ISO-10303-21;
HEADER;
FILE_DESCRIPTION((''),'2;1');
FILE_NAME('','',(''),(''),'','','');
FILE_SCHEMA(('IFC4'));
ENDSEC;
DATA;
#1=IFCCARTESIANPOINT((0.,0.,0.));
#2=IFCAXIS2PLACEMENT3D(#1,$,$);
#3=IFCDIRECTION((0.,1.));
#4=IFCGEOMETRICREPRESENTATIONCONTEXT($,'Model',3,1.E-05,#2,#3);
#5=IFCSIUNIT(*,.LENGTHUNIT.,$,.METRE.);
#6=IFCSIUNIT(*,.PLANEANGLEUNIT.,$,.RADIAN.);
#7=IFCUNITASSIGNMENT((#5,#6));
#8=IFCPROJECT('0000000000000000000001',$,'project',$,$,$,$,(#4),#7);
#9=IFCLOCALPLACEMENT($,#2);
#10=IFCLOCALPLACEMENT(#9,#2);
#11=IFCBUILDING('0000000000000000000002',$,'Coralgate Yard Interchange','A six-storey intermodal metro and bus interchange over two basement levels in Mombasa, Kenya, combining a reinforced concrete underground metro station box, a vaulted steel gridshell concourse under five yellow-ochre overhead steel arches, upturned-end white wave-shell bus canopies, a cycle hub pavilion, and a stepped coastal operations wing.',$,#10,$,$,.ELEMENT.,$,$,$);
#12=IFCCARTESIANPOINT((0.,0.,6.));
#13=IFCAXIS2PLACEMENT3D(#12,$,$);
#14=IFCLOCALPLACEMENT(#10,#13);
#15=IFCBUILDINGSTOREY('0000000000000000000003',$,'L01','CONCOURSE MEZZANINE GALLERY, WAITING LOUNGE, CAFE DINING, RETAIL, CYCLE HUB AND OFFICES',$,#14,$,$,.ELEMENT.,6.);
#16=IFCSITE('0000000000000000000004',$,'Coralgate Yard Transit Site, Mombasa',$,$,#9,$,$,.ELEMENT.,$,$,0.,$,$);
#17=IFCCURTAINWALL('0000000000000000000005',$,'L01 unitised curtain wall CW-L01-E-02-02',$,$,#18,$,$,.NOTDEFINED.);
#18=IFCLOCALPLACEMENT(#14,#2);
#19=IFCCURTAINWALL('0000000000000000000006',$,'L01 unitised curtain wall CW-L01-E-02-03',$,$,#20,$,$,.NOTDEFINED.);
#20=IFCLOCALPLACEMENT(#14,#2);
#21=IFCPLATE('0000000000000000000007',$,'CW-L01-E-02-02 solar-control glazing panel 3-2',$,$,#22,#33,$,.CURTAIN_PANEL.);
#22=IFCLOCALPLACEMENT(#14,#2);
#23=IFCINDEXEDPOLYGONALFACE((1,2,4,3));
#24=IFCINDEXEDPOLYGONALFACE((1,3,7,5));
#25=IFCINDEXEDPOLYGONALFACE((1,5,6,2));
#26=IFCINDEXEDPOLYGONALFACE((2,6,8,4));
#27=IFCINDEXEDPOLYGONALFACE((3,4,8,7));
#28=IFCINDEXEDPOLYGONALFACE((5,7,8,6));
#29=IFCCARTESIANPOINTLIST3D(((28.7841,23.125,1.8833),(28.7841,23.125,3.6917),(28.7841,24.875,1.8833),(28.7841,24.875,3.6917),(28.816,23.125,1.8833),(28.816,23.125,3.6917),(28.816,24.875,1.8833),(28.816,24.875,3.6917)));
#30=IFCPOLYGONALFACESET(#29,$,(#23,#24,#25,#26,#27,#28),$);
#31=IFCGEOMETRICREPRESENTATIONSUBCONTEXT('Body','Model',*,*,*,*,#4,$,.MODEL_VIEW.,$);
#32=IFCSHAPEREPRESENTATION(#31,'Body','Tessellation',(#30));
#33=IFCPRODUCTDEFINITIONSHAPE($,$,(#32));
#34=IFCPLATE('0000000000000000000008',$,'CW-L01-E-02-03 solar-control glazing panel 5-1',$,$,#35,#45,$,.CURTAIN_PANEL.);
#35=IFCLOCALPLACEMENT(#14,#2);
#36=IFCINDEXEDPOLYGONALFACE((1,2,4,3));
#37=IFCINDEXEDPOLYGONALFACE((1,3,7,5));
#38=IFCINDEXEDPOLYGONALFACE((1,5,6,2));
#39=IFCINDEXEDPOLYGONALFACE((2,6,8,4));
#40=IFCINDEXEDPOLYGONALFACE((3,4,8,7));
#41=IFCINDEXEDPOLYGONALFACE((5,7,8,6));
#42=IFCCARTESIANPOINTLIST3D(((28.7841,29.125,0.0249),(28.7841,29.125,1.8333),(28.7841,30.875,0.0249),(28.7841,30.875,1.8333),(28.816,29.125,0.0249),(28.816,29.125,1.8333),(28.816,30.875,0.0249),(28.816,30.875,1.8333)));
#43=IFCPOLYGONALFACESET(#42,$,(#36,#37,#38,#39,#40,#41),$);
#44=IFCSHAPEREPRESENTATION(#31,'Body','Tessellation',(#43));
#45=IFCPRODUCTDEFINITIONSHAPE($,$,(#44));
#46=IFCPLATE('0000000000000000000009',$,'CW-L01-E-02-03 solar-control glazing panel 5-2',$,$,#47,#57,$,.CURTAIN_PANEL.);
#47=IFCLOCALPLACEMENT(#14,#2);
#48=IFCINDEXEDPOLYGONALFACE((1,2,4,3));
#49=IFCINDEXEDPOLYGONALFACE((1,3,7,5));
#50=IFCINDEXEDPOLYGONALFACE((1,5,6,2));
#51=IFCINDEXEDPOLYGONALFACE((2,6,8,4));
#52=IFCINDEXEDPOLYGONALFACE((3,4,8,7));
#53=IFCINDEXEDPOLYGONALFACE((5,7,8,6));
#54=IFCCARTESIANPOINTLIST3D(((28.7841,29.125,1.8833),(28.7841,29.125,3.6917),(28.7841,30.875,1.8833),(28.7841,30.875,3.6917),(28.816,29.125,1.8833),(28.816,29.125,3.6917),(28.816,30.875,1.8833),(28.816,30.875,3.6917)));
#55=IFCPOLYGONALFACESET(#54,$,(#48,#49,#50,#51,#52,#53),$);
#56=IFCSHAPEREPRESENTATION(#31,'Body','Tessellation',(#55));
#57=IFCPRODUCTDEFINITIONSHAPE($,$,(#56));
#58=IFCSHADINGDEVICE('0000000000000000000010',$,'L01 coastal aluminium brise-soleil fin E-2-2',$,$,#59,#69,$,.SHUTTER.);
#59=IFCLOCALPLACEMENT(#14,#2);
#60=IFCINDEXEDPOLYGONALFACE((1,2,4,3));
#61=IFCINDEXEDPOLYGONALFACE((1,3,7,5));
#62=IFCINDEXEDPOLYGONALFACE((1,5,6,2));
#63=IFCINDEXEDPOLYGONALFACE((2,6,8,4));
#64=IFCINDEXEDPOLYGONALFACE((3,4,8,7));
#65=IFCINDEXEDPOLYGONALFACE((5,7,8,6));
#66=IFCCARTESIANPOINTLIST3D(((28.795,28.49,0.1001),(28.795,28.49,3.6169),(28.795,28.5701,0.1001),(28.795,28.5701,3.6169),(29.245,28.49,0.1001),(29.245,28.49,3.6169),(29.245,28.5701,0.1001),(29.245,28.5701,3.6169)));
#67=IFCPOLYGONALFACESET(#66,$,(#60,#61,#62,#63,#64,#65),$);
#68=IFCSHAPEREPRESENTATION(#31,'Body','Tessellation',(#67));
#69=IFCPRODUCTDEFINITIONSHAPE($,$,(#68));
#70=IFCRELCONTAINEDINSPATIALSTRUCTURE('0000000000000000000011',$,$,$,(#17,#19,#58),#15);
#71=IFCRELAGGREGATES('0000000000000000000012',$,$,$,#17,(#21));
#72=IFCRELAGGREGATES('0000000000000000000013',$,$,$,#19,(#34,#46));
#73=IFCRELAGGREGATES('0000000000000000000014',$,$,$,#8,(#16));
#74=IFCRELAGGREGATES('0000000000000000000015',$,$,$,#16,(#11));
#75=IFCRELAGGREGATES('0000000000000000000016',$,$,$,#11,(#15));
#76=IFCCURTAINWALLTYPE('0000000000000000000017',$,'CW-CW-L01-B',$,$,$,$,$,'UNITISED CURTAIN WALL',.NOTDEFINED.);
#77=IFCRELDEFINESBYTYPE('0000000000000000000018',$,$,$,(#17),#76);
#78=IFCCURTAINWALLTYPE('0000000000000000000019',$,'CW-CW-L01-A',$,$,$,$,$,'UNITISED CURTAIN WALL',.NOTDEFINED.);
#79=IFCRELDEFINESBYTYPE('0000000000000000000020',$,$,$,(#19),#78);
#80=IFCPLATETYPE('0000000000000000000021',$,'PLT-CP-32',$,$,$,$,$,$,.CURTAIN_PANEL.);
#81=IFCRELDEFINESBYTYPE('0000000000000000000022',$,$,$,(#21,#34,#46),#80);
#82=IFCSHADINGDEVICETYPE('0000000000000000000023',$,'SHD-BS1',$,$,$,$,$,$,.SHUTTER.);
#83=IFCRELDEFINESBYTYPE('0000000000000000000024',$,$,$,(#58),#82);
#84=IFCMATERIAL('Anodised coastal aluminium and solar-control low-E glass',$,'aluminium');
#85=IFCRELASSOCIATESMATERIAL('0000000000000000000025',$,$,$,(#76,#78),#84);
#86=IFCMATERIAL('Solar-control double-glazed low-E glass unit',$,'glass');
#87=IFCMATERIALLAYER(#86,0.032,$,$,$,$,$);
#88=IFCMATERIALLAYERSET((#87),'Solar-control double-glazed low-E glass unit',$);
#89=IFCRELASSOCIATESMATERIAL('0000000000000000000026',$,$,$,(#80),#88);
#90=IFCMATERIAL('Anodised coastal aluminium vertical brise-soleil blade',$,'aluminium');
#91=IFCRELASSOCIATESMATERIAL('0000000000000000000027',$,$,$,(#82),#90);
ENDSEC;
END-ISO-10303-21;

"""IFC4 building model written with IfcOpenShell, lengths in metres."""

from ifc_helpers import new_model, si_unit, direction, frame, origin, origin_2d, place, context, subcontext, project, spatial, rectangle, extrude, material, layer, layer_set, type_object, element, aggregate, save


model = new_model("IFC4")

# Units and contexts
model_context = context("Model", 3, precision=1e-05, world=origin(), true_north=direction((0.0, 1.0)))
body_context = subcontext(model_context, "Body", "Model", "MODEL_VIEW")
ifc_project = project(units=[si_unit("LENGTHUNIT", "METRE"), si_unit("PLANEANGLEUNIT", "RADIAN")], contexts=[model_context])

# Site, building, storey
site_placement = place(None, origin())
site = spatial("IfcSite", under=ifc_project, at=site_placement, Name="Coralgate Yard Transit Site, Mombasa", CompositionType="ELEMENT", RefElevation=0.0)
building_placement = place(site_placement, origin())
building = spatial("IfcBuilding", under=site, at=building_placement, Name="Coralgate Yard Interchange", Description="A six-storey intermodal metro and bus interchange over two basement levels in Mombasa, Kenya, combining a reinforced concrete underground metro station box, a vaulted steel gridshell concourse under five yellow-ochre overhead steel arches, upturned-end white wave-shell bus canopies, a cycle hub pavilion, and a stepped coastal operations wing.", CompositionType="ELEMENT")
storey_placement = place(building_placement, frame((0.0, 0.0, 6.0)))
storey = spatial("IfcBuildingStorey", under=building, at=storey_placement, Name="L01", Description="CONCOURSE MEZZANINE GALLERY, WAITING LOUNGE, CAFE DINING, RETAIL, CYCLE HUB AND OFFICES", CompositionType="ELEMENT", Elevation=6.0)

# Curtain walls
ifc_material_1 = material(Name="Anodised coastal aluminium and solar-control low-E glass", Category="aluminium")
curtain_wall_type_1 = type_object("IfcCurtainWallType", Name="CW-CW-L01-B", ElementType="UNITISED CURTAIN WALL", PredefinedType="NOTDEFINED", material=ifc_material_1)
curtain_wall_1_placement = place(storey_placement, origin())
curtain_wall_1 = element("IfcCurtainWall", 1, at=curtain_wall_1_placement, inside=storey, type_object=curtain_wall_type_1, Name="L01 unitised curtain wall CW-L01-E-02-02", PredefinedType="NOTDEFINED")
curtain_wall_type_2 = type_object("IfcCurtainWallType", Name="CW-CW-L01-A", ElementType="UNITISED CURTAIN WALL", PredefinedType="NOTDEFINED", material=ifc_material_1)
curtain_wall_2_placement = place(storey_placement, origin())
curtain_wall_2 = element("IfcCurtainWall", 2, at=curtain_wall_2_placement, inside=storey, type_object=curtain_wall_type_2, Name="L01 unitised curtain wall CW-L01-E-02-03", PredefinedType="NOTDEFINED")

# Plates
ifc_material_2 = material(Name="Solar-control double-glazed low-E glass unit", Category="glass")
ifc_layer = layer(ifc_material_2, 0.032)
ifc_layer_set = layer_set([ifc_layer], Name="Solar-control double-glazed low-E glass unit")
plate_type = type_object("IfcPlateType", Name="PLT-CP-32", PredefinedType="CURTAIN_PANEL", material=ifc_layer_set)
plate_1_placement = place(storey_placement, frame((28.8, 24.0, 1.8833), z_axis=(0.0, 0.0, 1.0), x_axis=(0.0, -1.0, 0.0)))
plate_1 = element("IfcPlate", 3, at=plate_1_placement, type_object=plate_type, Name="CW-L01-E-02-02 solar-control glazing panel 3-2", PredefinedType="CURTAIN_PANEL", context=body_context, shape_type="SweptSolid", body=[
    extrude(rectangle(XDim=1.75, YDim=0.032, at=origin_2d()), origin(), (0.0, 0.0, 1.0), 1.8083),
])
aggregate(curtain_wall_1, [plate_1])
plate_2_placement = place(storey_placement, frame((28.8, 30.0, 0.0249), z_axis=(0.0, 0.0, 1.0), x_axis=(0.0, -1.0, 0.0)))
plate_2 = element("IfcPlate", 4, at=plate_2_placement, type_object=plate_type, Name="CW-L01-E-02-03 solar-control glazing panel 5-1", PredefinedType="CURTAIN_PANEL", context=body_context, shape_type="SweptSolid", body=[
    extrude(rectangle(XDim=1.75, YDim=0.032, at=origin_2d()), origin(), (0.0, 0.0, 1.0), 1.8083),
])
plate_3_placement = place(storey_placement, frame((28.8, 30.0, 1.8833), z_axis=(0.0, 0.0, 1.0), x_axis=(0.0, -1.0, 0.0)))
plate_3 = element("IfcPlate", 5, at=plate_3_placement, type_object=plate_type, Name="CW-L01-E-02-03 solar-control glazing panel 5-2", PredefinedType="CURTAIN_PANEL", context=body_context, shape_type="SweptSolid", body=[
    extrude(rectangle(XDim=1.75, YDim=0.032, at=origin_2d()), origin(), (0.0, 0.0, 1.0), 1.8083),
])
aggregate(curtain_wall_2, [plate_2, plate_3])

# Shading device
ifc_material_3 = material(Name="Anodised coastal aluminium vertical brise-soleil blade", Category="aluminium")
shading_device_type = type_object("IfcShadingDeviceType", Name="SHD-BS1", PredefinedType="SHUTTER", material=ifc_material_3)
shading_device_placement = place(storey_placement, frame((29.02, 28.53, 0.1001), z_axis=(0.0, 0.0, 1.0), x_axis=(0.0, -1.0, 0.0)))
element("IfcShadingDevice", 6, at=shading_device_placement, inside=storey, type_object=shading_device_type, Name="L01 coastal aluminium brise-soleil fin E-2-2", PredefinedType="SHUTTER", context=body_context, shape_type="SweptSolid", body=[
    extrude(rectangle(XDim=0.0801, YDim=0.45, at=origin_2d()), origin(), (0.0, 0.0, 1.0), 3.5168),
])

save(model, "model.ifc")
